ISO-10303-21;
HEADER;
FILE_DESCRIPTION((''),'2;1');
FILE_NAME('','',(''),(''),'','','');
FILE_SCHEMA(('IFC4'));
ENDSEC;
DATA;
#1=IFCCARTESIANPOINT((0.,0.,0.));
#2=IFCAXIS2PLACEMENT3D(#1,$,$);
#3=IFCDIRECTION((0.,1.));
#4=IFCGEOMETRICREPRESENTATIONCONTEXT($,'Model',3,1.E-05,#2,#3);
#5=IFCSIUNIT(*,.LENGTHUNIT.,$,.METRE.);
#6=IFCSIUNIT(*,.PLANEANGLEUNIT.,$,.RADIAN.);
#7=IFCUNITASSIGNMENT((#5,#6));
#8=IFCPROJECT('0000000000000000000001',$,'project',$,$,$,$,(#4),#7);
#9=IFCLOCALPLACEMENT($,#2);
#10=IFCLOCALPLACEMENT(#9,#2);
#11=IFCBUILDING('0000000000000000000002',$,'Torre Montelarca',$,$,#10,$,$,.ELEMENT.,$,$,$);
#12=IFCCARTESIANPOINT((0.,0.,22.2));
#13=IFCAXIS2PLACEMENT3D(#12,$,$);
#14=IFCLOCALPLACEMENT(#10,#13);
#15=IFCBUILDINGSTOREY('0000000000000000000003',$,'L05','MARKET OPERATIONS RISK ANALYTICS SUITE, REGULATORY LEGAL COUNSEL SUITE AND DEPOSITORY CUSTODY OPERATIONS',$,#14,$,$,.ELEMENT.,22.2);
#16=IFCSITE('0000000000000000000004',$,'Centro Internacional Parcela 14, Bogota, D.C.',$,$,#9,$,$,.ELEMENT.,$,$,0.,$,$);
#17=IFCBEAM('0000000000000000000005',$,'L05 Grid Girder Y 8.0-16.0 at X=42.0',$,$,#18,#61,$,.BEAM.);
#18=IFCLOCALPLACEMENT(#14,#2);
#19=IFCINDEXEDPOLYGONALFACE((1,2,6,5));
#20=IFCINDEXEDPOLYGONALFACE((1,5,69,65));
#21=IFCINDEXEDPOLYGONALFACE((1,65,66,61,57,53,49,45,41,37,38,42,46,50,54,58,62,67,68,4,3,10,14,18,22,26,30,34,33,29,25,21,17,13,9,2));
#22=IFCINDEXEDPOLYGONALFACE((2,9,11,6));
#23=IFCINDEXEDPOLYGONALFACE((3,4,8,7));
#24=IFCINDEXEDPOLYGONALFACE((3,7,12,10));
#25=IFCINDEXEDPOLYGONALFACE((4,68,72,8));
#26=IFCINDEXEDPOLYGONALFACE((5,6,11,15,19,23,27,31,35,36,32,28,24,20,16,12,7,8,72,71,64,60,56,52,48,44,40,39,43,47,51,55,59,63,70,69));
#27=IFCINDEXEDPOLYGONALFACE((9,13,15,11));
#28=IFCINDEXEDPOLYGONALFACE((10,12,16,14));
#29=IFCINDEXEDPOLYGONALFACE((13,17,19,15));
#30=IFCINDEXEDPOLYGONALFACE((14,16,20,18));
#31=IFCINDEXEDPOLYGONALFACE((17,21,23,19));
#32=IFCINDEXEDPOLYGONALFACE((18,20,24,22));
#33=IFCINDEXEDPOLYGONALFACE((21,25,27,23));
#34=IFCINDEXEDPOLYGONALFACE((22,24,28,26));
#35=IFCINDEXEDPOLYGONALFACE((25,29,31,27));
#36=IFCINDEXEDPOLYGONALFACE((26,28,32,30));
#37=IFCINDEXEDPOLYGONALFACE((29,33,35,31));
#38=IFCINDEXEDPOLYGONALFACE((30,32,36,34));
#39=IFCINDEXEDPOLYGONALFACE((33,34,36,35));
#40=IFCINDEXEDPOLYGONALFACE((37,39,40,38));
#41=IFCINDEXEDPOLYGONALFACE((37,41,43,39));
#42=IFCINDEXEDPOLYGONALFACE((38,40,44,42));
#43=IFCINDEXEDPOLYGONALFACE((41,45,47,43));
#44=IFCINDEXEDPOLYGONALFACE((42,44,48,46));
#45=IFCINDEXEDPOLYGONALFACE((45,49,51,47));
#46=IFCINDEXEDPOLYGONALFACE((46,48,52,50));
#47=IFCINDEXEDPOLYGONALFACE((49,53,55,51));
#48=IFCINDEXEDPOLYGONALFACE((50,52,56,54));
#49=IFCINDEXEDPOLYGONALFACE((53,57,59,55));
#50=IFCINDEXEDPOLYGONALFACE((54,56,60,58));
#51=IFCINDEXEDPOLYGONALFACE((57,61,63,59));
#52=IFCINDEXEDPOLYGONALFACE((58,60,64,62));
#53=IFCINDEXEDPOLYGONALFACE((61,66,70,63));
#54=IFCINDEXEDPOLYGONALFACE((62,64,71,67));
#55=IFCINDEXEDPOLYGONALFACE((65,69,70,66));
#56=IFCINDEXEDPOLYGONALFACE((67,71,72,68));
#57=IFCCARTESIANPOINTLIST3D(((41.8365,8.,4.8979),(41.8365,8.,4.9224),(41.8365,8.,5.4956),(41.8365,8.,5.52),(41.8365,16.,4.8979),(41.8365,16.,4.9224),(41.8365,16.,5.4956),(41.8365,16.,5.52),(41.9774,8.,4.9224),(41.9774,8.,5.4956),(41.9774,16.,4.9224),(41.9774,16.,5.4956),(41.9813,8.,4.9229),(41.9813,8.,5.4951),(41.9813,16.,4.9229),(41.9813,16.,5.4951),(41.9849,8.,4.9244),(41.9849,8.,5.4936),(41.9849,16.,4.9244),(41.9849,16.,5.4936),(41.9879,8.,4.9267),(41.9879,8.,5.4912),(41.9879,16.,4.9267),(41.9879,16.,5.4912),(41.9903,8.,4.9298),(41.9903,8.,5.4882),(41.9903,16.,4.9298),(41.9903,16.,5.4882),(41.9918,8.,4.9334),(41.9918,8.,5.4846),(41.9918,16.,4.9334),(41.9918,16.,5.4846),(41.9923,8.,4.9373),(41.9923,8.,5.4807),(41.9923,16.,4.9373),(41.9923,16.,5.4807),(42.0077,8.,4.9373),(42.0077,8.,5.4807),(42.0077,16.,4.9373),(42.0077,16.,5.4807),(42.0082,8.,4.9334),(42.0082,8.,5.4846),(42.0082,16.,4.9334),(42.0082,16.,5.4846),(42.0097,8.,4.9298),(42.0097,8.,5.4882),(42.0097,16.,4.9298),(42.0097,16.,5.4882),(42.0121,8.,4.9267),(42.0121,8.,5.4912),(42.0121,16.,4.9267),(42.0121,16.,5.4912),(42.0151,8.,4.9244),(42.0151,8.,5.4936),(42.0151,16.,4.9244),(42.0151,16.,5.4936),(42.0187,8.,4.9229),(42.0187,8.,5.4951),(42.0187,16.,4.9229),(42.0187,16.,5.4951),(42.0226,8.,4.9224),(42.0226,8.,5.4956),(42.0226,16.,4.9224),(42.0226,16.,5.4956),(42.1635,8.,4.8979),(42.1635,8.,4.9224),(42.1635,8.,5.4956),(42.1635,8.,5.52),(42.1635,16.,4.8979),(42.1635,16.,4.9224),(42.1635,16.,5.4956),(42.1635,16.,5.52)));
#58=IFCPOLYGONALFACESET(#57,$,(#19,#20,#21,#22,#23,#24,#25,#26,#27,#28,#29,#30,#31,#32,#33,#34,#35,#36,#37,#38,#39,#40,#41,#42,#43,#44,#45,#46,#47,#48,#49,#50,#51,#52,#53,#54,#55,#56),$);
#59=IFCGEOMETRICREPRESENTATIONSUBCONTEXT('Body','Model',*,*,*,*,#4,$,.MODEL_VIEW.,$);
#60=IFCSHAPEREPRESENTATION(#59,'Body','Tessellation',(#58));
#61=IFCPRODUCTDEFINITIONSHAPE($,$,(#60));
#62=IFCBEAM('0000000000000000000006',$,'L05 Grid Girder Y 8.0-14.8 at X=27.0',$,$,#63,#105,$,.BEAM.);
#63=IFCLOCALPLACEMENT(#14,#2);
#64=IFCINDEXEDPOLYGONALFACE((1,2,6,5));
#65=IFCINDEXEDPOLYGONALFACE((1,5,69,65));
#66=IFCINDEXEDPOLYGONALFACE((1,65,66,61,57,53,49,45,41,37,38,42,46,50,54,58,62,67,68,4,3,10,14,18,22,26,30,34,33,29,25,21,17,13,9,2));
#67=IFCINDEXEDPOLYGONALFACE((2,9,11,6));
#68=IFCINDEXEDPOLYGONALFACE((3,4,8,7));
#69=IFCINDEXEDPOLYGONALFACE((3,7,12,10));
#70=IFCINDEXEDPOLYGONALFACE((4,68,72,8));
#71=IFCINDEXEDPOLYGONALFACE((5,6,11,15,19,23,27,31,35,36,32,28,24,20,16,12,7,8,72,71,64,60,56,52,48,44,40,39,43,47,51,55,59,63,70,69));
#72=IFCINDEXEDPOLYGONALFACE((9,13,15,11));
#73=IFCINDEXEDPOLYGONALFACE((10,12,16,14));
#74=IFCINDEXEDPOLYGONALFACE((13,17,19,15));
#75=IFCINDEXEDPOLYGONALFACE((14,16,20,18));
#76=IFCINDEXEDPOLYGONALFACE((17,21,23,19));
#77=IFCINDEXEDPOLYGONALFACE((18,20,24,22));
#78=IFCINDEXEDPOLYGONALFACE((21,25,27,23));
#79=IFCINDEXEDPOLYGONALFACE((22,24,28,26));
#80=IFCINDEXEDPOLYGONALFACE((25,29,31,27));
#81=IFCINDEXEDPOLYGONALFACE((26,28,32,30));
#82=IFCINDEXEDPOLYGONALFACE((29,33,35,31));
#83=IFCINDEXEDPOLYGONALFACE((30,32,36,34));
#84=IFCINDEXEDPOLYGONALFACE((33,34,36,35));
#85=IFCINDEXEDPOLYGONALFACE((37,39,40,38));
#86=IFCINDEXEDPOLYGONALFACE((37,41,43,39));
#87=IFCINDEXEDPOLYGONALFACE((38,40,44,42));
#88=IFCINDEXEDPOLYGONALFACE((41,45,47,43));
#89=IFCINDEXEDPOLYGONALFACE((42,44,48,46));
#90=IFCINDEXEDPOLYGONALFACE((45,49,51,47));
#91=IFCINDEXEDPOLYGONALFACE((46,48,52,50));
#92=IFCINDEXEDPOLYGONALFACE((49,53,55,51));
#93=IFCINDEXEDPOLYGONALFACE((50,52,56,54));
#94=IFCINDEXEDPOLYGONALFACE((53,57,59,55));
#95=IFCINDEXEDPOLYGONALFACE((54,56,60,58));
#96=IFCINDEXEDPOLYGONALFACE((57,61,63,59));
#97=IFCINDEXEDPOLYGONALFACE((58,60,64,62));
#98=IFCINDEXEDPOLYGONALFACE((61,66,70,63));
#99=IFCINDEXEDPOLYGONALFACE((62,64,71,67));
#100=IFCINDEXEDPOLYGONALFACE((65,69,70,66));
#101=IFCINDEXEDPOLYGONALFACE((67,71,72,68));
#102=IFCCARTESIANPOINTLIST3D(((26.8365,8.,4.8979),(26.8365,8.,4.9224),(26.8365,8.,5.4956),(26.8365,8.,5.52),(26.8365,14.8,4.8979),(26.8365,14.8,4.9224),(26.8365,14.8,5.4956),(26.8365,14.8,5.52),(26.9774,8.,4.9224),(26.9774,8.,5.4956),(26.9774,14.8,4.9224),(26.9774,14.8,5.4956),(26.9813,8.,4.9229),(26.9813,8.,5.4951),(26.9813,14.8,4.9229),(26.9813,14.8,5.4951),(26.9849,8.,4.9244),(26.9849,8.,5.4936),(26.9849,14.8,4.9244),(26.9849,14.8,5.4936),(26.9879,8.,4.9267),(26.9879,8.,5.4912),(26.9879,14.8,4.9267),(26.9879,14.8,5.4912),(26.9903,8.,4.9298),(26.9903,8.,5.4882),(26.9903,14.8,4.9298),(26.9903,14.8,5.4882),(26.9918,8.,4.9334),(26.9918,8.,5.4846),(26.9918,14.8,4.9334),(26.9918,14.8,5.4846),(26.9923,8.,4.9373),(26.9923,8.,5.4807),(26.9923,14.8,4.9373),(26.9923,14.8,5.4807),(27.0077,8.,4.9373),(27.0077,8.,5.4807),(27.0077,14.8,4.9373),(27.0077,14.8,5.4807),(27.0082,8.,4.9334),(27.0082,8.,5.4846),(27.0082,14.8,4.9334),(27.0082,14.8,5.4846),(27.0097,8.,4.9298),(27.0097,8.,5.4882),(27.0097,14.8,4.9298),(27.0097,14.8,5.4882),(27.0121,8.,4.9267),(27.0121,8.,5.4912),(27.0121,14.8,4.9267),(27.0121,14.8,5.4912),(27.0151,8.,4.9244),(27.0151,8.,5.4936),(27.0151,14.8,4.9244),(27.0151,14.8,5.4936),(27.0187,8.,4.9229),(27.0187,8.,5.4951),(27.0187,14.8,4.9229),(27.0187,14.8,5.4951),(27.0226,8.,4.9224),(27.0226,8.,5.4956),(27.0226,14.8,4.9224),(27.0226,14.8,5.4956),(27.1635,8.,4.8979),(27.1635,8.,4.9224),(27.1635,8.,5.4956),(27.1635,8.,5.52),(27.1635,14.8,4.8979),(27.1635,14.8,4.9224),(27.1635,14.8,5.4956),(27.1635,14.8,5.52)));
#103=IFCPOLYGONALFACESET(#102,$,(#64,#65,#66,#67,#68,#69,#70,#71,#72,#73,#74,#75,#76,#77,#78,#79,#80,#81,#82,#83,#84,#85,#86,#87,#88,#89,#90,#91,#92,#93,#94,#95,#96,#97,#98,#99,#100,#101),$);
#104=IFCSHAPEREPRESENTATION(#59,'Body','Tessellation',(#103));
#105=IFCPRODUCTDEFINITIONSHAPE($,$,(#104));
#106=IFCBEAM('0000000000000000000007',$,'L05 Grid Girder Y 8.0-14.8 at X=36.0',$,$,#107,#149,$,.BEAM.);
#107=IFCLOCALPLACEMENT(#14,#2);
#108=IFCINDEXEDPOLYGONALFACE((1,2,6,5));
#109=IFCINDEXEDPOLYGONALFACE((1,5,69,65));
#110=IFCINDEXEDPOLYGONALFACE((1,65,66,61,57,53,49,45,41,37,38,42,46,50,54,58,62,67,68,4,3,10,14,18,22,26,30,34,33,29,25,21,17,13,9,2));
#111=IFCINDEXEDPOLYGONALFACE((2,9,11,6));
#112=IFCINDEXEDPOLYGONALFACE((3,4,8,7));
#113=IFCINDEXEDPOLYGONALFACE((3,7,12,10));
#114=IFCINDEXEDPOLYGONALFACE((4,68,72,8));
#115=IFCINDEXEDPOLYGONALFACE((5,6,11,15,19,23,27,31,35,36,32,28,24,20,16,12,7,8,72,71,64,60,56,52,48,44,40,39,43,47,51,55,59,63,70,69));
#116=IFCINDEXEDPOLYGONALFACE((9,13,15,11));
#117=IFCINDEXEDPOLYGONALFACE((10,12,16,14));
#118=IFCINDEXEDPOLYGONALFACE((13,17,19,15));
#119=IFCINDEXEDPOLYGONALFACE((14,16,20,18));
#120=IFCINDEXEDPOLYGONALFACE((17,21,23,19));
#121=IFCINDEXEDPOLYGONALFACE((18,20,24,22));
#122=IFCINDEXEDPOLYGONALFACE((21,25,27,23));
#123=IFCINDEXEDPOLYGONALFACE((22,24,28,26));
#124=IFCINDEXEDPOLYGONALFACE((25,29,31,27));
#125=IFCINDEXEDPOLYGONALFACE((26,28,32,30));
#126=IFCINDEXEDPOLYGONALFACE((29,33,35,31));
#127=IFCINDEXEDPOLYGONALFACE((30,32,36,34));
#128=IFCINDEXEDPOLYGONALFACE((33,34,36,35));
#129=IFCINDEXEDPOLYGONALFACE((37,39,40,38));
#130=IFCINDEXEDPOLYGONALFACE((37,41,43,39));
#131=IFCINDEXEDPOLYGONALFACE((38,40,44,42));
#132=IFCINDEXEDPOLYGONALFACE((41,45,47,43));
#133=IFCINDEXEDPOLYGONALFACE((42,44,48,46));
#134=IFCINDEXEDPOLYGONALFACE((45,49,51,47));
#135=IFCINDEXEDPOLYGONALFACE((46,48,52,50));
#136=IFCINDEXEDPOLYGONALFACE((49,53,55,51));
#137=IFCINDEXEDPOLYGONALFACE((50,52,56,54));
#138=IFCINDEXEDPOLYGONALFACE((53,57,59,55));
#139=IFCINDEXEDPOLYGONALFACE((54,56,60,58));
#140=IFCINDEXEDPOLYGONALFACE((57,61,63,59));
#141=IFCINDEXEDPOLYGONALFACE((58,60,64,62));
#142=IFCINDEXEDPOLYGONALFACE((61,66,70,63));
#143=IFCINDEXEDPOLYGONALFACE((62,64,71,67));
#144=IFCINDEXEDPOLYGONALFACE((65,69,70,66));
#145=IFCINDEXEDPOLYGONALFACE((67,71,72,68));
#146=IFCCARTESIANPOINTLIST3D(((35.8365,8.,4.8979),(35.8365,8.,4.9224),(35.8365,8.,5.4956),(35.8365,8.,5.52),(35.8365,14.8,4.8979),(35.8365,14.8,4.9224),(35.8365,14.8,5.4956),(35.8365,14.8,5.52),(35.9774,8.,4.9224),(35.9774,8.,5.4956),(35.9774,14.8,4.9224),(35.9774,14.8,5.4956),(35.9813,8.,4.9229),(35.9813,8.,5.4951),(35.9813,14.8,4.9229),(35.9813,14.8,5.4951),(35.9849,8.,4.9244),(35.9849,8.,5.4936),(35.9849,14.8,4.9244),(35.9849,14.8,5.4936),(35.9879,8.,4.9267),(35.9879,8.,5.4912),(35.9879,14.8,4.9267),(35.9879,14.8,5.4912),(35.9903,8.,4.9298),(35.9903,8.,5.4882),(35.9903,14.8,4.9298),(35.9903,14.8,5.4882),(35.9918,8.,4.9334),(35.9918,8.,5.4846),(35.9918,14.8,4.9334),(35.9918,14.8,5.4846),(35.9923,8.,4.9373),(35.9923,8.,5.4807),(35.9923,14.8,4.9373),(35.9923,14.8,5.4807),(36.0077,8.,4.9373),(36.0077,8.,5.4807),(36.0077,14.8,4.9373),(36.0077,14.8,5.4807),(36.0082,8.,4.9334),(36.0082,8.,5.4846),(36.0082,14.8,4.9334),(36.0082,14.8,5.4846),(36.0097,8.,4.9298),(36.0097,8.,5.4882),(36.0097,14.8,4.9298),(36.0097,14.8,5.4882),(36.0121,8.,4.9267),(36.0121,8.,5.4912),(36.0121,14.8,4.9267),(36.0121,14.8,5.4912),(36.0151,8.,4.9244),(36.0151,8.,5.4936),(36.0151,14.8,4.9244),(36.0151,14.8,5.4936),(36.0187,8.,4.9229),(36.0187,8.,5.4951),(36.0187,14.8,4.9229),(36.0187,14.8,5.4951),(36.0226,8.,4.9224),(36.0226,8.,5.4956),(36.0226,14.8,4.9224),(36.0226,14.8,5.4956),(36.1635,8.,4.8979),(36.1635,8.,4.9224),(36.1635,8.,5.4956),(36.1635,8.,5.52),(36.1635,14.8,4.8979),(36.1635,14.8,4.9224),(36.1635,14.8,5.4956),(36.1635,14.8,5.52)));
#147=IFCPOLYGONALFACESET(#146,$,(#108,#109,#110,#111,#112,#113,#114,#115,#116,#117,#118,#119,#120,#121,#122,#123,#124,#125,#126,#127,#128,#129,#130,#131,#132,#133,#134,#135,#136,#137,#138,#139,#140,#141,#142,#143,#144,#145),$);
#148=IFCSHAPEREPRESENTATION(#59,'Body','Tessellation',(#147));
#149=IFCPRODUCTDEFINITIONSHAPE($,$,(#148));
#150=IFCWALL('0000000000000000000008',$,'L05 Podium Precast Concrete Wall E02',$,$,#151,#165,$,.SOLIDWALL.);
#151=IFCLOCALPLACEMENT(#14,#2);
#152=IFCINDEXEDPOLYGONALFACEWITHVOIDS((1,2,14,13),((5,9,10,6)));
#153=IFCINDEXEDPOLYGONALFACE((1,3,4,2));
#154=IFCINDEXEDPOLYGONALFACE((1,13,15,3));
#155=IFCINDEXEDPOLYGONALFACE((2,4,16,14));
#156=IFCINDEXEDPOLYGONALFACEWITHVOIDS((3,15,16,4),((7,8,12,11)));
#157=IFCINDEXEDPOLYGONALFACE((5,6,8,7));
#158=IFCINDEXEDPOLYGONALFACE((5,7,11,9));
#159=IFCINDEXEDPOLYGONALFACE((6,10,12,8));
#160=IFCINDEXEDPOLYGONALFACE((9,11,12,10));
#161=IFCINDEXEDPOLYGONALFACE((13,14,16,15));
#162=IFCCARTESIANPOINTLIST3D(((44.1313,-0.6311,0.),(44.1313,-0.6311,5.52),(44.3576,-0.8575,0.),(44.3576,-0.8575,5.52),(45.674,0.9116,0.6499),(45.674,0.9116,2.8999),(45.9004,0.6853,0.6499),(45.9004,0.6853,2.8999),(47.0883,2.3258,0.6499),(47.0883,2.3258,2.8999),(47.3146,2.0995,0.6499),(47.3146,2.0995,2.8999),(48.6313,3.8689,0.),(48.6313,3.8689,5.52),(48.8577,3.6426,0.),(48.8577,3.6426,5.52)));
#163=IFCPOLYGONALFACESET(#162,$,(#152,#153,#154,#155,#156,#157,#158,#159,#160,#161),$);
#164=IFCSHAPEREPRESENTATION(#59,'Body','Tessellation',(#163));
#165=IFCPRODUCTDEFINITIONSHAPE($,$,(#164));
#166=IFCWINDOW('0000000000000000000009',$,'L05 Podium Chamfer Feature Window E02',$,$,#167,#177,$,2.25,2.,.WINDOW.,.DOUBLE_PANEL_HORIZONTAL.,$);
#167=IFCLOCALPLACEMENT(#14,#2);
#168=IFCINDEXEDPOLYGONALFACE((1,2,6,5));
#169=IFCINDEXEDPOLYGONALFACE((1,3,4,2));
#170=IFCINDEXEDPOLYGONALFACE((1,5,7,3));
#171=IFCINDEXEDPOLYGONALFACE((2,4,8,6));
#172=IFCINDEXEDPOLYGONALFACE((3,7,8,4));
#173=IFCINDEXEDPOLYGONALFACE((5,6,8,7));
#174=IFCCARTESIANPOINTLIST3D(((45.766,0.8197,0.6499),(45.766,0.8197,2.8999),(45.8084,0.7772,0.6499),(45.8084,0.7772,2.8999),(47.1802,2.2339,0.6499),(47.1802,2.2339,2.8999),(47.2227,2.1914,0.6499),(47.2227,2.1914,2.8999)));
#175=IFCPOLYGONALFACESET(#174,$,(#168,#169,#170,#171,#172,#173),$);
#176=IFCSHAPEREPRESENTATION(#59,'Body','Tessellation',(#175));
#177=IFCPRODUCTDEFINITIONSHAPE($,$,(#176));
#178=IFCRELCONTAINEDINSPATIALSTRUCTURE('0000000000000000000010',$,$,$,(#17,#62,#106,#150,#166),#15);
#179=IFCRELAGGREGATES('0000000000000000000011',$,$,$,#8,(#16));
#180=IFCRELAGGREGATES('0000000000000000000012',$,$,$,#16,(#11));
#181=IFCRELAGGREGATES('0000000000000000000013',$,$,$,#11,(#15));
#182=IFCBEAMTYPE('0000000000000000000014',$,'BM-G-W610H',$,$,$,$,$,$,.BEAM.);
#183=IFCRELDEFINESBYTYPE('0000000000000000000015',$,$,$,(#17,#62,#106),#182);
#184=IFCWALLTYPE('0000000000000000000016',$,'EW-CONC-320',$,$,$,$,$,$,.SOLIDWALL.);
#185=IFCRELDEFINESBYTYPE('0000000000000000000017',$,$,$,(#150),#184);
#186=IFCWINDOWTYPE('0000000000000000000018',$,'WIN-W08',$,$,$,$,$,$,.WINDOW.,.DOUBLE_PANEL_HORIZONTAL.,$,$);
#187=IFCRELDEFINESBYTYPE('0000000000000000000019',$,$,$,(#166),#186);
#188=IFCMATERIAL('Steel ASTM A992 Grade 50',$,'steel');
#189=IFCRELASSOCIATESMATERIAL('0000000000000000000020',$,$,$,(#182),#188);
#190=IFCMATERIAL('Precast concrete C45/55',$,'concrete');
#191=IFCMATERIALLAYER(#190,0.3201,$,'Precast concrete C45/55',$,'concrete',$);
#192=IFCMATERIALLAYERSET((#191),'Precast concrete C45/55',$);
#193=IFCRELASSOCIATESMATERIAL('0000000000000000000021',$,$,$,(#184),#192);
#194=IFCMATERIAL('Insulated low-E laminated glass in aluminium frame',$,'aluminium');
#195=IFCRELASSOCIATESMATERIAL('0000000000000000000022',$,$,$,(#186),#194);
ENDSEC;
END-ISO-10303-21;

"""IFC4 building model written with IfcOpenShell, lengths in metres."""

from ifc_helpers import new_model, si_unit, direction, frame, frame_2d, origin, origin_2d, place, context, subcontext, project, spatial, rectangle, i_section, extrude, source, transform, mapped, material, layer, layer_set, material_profile, profile_set, type_object, element, fill, save


model = new_model("IFC4")

# Units and contexts
model_context = context("Model", 3, precision=1e-05, world=origin(), true_north=direction((0.0, 1.0)))
body_context = subcontext(model_context, "Body", "Model", "MODEL_VIEW")
ifc_project = project(units=[si_unit("LENGTHUNIT", "METRE"), si_unit("PLANEANGLEUNIT", "RADIAN")], contexts=[model_context])

# Site, building, storey
site_placement = place(None, origin())
site = spatial("IfcSite", under=ifc_project, at=site_placement, Name="Centro Internacional Parcela 14, Bogota, D.C.", CompositionType="ELEMENT", RefElevation=0.0)
building_placement = place(site_placement, origin())
building = spatial("IfcBuilding", under=site, at=building_placement, Name="Torre Montelarca", CompositionType="ELEMENT")
storey_placement = place(building_placement, frame((0.0, 0.0, 22.2)))
storey = spatial("IfcBuildingStorey", under=building, at=storey_placement, Name="L05", Description="MARKET OPERATIONS RISK ANALYTICS SUITE, REGULATORY LEGAL COUNSEL SUITE AND DEPOSITORY CUSTODY OPERATIONS", CompositionType="ELEMENT", Elevation=22.2)

# Beams
ifc_material_1 = material(Name="Steel ASTM A992 Grade 50", Category="steel")
ifc_material_profile_1 = material_profile(ifc_material_1, i_section(OverallWidth=0.3269, OverallDepth=0.6221, WebThickness=0.0154, FlangeThickness=0.0244, FilletRadius=0.0149, at=origin_2d()), Name="W610X195", Category="steel")
ifc_profile_set_1 = profile_set([ifc_material_profile_1], Name="Steel ASTM A992 Grade 50")
beam_type_1 = type_object("IfcBeamType", Name="BM-G-W610H", PredefinedType="BEAM", material=ifc_profile_set_1)
shared_shape_1 = source(origin(), body_context, "Body", "SweptSolid", [
    extrude(i_section(OverallWidth=0.3269, OverallDepth=0.6221, WebThickness=0.0154, FlangeThickness=0.0244, FilletRadius=0.0149, at=origin_2d()), origin(), (0.0, 0.0, 1.0), 8.0),
])
for number, where, z_axis, x_axis, name in (
    (1, (42.0, 8.0, 5.209), (0.0, 1.0, 0.0), (-1.0, 0.0, 0.0), "L05 Grid Girder Y 8.0-16.0 at X=42.0"),
):
    element("IfcBeam", number, at=place(storey_placement, frame(where, z_axis=z_axis, x_axis=x_axis)), inside=storey, type_object=beam_type_1, Name=name, PredefinedType="BEAM", context=body_context, shape_type="MappedRepresentation", body=[
        mapped(shared_shape_1, transform((0.0, 0.0, 0.0), scale=1.0)),
    ])
shared_shape_2 = source(origin(), body_context, "Body", "SweptSolid", [
    extrude(i_section(OverallWidth=0.3269, OverallDepth=0.6221, WebThickness=0.0154, FlangeThickness=0.0244, FilletRadius=0.0149, at=origin_2d()), origin(), (0.0, 0.0, 1.0), 6.8),
])
for number, where, z_axis, x_axis, name in (
    (2, (27.0, 8.0, 5.209), (0.0, 1.0, 0.0), (-1.0, 0.0, 0.0), "L05 Grid Girder Y 8.0-14.8 at X=27.0"),
    (3, (36.0, 8.0, 5.209), (0.0, 1.0, 0.0), (-1.0, 0.0, 0.0), "L05 Grid Girder Y 8.0-14.8 at X=36.0"),
):
    element("IfcBeam", number, at=place(storey_placement, frame(where, z_axis=z_axis, x_axis=x_axis)), inside=storey, type_object=beam_type_1, Name=name, PredefinedType="BEAM", context=body_context, shape_type="MappedRepresentation", body=[
        mapped(shared_shape_2, transform((0.0, 0.0, 0.0), scale=1.0)),
    ])

# Wall, opening, window
ifc_material_2 = material(Name="Precast concrete C45/55", Category="concrete")
ifc_layer_1 = layer(ifc_material_2, 0.3201, Name="Precast concrete C45/55", Category="concrete")
ifc_layer_set_1 = layer_set([ifc_layer_1], Name="Precast concrete C45/55")
wall_type_1 = type_object("IfcWallType", Name="EW-CONC-320", PredefinedType="SOLIDWALL", material=ifc_layer_set_1)
wall_1_placement = place(storey_placement, frame((44.2444, -0.7444, 0.0), z_axis=(0.0, 0.0, 1.0), x_axis=(0.707107, 0.707107, 0.0)))
wall_1 = element("IfcWall", 4, at=wall_1_placement, inside=storey, type_object=wall_type_1, Name="L05 Podium Precast Concrete Wall E02", PredefinedType="SOLIDWALL", context=body_context, shape_type="SweptSolid", body=[
    extrude(rectangle(XDim=6.364, YDim=0.3201, at=frame_2d((3.1821, 0.0))), origin(), (0.0, 0.0, 1.0), 5.52),
])
opening_placement = place(wall_1_placement, frame((2.1819, 0.0, 0.6499)))
opening = element("IfcOpeningElement", 5, at=opening_placement, cuts=wall_1, PredefinedType="OPENING", context=body_context, shape_type="SweptSolid", body=[
    extrude(rectangle(XDim=2.0, YDim=2.25, at=frame_2d((1.0, 1.125))), frame((0.0, 0.1699, 0.0), z_axis=(0.0, -1.0, 0.0), x_axis=(1.0, 0.0, 0.0)), (0.0, 0.0, 1.0), 0.3401),
])
ifc_material_3 = material(Name="Insulated low-E laminated glass in aluminium frame", Category="aluminium")
window_type = type_object("IfcWindowType", Name="WIN-W08", PartitioningType="DOUBLE_PANEL_HORIZONTAL", PredefinedType="WINDOW", material=ifc_material_3)
shared_shape_3 = source(origin(), body_context, "Body", "SweptSolid", [
    extrude(rectangle(XDim=2.0, YDim=2.25, at=frame_2d((1.0, 1.125))), frame((0.0, 0.03, 0.0), z_axis=(0.0, -1.0, 0.0), x_axis=(1.0, 0.0, 0.0)), (0.0, 0.0, 1.0), 0.0601),
])
window_placement = place(opening_placement, origin())
window = element("IfcWindow", 6, at=window_placement, inside=storey, type_object=window_type, Name="L05 Podium Chamfer Feature Window E02", OverallHeight=2.25, OverallWidth=2.0, PartitioningType="DOUBLE_PANEL_HORIZONTAL", PredefinedType="WINDOW", context=body_context, shape_type="MappedRepresentation", body=[
    mapped(shared_shape_3, transform((0.0, 0.0, 0.0), scale=1.0)),
])
fill(opening, window)

save(model, "model.ifc")
